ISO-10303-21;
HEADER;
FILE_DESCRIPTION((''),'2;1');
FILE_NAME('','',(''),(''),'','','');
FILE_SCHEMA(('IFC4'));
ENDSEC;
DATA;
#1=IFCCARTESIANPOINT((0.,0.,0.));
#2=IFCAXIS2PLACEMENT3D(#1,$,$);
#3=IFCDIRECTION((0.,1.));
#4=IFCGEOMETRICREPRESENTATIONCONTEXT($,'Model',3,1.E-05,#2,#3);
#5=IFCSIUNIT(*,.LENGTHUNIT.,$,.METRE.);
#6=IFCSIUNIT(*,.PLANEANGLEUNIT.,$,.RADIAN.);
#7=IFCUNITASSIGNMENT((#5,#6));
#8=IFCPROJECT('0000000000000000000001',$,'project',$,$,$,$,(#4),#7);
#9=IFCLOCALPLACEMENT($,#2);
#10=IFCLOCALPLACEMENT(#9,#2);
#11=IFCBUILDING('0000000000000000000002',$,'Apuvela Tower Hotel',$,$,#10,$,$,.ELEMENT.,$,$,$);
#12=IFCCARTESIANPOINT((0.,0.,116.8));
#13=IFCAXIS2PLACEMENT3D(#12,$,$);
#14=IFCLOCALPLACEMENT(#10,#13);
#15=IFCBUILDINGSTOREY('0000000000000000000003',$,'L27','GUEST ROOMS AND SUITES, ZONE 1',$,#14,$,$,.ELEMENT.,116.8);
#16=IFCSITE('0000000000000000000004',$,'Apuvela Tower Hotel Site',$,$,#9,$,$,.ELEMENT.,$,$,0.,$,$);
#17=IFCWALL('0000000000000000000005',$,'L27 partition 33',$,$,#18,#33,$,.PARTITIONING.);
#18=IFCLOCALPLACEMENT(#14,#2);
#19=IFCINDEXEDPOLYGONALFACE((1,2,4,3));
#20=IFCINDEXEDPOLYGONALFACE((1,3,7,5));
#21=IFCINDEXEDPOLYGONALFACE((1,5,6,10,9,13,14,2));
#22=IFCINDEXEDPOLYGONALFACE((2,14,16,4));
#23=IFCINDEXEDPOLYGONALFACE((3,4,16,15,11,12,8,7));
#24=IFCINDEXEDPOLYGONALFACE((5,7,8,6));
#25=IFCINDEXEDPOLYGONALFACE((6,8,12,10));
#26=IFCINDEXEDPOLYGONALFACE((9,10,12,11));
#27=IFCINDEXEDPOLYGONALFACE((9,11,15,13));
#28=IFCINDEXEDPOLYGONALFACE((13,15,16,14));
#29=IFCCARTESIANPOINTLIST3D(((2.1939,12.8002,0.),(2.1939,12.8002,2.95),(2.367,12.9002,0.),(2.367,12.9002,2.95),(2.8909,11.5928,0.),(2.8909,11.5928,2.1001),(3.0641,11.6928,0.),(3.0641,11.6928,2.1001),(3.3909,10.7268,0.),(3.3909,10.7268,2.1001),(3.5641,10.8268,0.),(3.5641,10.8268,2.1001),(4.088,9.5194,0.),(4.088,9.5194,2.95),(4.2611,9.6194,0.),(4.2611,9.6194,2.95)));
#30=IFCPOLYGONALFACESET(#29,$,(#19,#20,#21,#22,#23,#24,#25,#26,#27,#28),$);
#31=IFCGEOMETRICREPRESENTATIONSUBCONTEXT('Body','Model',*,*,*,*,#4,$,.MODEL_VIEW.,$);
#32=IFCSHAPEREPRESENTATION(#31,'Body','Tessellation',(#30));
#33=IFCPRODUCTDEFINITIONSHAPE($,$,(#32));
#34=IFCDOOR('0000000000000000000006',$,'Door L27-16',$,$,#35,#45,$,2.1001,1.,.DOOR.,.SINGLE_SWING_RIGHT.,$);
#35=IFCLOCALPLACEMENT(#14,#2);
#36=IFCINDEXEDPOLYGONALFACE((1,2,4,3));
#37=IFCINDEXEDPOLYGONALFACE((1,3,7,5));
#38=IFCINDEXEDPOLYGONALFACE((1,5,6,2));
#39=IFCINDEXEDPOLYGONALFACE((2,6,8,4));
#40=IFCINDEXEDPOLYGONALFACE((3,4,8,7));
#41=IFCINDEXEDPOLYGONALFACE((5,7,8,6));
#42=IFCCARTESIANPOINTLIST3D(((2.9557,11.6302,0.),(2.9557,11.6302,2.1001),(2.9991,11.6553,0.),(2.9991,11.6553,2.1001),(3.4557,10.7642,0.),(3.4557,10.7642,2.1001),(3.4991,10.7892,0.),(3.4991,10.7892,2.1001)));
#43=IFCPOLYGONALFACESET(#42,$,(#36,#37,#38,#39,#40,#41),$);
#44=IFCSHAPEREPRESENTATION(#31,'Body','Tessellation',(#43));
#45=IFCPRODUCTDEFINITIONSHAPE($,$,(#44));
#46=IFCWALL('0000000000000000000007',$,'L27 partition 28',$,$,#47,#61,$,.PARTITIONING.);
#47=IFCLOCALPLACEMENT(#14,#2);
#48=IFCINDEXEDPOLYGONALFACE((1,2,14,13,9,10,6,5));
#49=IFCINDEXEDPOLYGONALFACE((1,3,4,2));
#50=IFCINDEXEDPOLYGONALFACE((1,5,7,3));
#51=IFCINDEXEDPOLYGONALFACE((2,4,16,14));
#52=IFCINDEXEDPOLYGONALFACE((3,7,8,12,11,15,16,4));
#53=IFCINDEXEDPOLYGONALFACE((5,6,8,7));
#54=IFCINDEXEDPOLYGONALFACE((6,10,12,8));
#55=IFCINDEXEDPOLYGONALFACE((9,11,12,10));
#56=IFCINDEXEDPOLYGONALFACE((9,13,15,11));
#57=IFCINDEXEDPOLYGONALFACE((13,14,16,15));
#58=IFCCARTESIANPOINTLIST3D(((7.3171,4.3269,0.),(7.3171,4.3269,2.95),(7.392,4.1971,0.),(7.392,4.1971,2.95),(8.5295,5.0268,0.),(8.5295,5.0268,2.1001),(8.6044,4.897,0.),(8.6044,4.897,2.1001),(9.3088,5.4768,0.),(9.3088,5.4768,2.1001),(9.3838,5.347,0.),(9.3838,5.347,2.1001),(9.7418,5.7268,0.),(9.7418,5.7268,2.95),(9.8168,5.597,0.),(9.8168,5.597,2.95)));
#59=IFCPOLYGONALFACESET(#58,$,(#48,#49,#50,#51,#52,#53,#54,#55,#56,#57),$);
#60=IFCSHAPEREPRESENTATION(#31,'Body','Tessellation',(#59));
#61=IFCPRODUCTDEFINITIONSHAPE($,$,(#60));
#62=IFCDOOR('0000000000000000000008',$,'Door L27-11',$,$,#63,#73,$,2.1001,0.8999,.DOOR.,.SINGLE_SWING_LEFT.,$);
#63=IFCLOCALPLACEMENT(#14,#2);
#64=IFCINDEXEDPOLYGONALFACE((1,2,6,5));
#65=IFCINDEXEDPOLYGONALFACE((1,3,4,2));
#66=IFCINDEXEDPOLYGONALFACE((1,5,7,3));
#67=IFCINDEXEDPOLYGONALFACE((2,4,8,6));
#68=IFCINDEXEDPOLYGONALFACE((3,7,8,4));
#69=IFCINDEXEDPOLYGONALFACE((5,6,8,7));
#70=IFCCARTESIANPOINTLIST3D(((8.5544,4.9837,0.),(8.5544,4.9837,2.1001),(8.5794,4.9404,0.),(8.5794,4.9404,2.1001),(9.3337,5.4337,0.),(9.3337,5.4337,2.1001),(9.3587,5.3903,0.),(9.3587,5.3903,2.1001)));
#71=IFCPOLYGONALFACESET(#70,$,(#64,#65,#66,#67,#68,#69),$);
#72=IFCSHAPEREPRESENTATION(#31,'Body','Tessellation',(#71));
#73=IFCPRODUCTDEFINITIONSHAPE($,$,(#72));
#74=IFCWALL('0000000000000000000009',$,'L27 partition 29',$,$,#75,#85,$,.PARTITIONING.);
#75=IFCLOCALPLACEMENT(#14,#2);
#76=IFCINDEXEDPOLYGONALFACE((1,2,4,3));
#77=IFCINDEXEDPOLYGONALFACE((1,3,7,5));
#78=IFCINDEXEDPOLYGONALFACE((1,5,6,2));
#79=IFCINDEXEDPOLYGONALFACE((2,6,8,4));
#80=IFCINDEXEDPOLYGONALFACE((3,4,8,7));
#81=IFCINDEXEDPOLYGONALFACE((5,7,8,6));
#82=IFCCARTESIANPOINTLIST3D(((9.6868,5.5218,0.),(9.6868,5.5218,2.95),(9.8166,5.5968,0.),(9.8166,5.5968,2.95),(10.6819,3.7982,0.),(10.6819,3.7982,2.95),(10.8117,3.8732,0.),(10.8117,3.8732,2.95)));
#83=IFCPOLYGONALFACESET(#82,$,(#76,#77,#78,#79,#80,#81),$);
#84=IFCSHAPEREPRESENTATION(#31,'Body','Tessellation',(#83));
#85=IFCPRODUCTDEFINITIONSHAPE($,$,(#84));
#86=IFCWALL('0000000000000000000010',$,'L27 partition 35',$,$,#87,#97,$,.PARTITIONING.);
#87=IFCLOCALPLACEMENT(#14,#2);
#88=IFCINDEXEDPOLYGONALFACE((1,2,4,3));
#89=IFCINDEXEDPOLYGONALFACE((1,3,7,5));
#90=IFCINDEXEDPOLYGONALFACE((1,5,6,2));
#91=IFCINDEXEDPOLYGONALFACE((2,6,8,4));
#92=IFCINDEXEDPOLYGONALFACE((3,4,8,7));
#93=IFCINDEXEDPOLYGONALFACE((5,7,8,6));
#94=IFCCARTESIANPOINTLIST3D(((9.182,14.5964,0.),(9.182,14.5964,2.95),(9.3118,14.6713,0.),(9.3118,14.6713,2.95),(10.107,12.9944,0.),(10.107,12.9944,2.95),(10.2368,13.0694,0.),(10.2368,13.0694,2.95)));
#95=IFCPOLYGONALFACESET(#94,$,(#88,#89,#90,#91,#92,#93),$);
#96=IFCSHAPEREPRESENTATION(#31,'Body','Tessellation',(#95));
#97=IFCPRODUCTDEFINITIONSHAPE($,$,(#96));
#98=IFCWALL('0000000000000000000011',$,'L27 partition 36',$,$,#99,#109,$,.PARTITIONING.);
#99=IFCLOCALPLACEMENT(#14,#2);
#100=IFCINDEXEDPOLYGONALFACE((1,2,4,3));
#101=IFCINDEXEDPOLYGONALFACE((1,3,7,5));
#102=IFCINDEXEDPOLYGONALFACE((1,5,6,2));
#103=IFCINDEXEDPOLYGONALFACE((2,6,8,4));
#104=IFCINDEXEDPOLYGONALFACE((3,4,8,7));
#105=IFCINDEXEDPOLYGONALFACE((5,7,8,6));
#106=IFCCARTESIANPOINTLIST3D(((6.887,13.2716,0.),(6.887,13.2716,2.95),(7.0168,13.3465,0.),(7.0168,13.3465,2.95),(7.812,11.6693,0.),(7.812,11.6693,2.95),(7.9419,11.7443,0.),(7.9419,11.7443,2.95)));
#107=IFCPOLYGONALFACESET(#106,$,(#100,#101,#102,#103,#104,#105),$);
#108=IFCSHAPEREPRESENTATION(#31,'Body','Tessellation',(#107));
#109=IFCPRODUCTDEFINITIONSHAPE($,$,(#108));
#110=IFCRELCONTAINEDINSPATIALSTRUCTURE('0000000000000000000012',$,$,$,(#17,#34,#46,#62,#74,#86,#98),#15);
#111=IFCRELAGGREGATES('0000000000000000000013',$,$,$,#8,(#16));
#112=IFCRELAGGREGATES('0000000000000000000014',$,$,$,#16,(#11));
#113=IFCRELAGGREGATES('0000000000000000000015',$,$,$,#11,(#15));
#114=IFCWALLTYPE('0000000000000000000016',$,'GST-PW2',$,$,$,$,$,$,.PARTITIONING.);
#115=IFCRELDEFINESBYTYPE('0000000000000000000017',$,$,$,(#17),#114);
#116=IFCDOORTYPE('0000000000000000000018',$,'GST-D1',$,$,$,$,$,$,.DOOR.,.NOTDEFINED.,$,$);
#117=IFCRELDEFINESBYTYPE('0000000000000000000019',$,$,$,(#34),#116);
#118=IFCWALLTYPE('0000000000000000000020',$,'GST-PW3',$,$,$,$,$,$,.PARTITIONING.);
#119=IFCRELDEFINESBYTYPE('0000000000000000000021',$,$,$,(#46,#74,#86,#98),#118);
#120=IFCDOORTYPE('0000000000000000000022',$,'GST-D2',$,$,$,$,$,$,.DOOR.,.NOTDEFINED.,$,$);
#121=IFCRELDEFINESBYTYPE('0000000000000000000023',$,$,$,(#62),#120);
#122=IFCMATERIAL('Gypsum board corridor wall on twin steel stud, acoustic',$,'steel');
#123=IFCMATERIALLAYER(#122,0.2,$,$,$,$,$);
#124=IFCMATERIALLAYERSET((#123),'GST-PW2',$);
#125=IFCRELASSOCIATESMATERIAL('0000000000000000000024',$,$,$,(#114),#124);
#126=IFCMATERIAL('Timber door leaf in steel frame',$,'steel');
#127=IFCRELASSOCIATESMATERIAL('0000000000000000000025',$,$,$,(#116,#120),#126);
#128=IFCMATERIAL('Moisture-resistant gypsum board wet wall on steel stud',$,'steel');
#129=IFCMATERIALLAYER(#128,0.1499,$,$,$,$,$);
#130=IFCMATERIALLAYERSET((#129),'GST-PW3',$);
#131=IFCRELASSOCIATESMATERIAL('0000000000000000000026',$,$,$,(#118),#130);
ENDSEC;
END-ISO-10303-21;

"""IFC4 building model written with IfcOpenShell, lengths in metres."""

from ifc_helpers import new_model, si_unit, direction, frame, frame_2d, origin, place, context, subcontext, project, spatial, rectangle, extrude, material, layer, layer_set, type_object, element, fill, save


model = new_model("IFC4")

# Units and contexts
model_context = context("Model", 3, precision=1e-05, world=origin(), true_north=direction((0.0, 1.0)))
body_context = subcontext(model_context, "Body", "Model", "MODEL_VIEW")
ifc_project = project(units=[si_unit("LENGTHUNIT", "METRE"), si_unit("PLANEANGLEUNIT", "RADIAN")], contexts=[model_context])

# Site, building, storey
site_placement = place(None, origin())
site = spatial("IfcSite", under=ifc_project, at=site_placement, Name="Apuvela Tower Hotel Site", CompositionType="ELEMENT", RefElevation=0.0)
building_placement = place(site_placement, origin())
building = spatial("IfcBuilding", under=site, at=building_placement, Name="Apuvela Tower Hotel", CompositionType="ELEMENT")
storey_placement = place(building_placement, frame((0.0, 0.0, 116.8)))
storey = spatial("IfcBuildingStorey", under=building, at=storey_placement, Name="L27", Description="GUEST ROOMS AND SUITES, ZONE 1", CompositionType="ELEMENT", Elevation=116.8)

# Walls, openings, doors
ifc_material_1 = material(Name="Gypsum board corridor wall on twin steel stud, acoustic", Category="steel")
ifc_layer_1 = layer(ifc_material_1, 0.2)
ifc_layer_set_1 = layer_set([ifc_layer_1], Name="GST-PW2")
wall_type_1 = type_object("IfcWallType", Name="GST-PW2", PredefinedType="PARTITIONING", material=ifc_layer_set_1)
ifc_material_2 = material(Name="Timber door leaf in steel frame", Category="steel")
door_type_1 = type_object("IfcDoorType", Name="GST-D1", OperationType="NOTDEFINED", PredefinedType="DOOR", material=ifc_material_2)
door_type_2 = type_object("IfcDoorType", Name="GST-D2", OperationType="NOTDEFINED", PredefinedType="DOOR", material=ifc_material_2)
wall_1_placement = place(storey_placement, frame((2.2805, 12.8501, 0.0), z_axis=(0.0, 0.0, 1.0), x_axis=(0.499979, -0.866037, 0.0)))
wall_1 = element("IfcWall", 1, at=wall_1_placement, inside=storey, type_object=wall_type_1, Name="L27 partition 33", PredefinedType="PARTITIONING", context=body_context, shape_type="SweptSolid", body=[
    extrude(rectangle(XDim=3.7883, YDim=0.2, at=frame_2d((1.894, 0.0))), origin(), (0.0, 0.0, 1.0), 2.95),
])
opening_1_placement = place(wall_1_placement, frame((1.394, 0.0, 0.0)))
opening_1 = element("IfcOpeningElement", 2, at=opening_1_placement, cuts=wall_1, PredefinedType="OPENING", context=body_context, shape_type="SweptSolid", body=[
    extrude(rectangle(XDim=1.0, YDim=2.1001, at=frame_2d((0.5, 1.05))), frame((0.0, 0.1099, 0.0), z_axis=(0.0, -1.0, 0.0), x_axis=(1.0, 0.0, 0.0)), (0.0, 0.0, 1.0), 0.22),
])
door_1_placement = place(opening_1_placement, origin())
door_1 = element("IfcDoor", 3, at=door_1_placement, inside=storey, type_object=door_type_1, Name="Door L27-16", OperationType="SINGLE_SWING_RIGHT", OverallHeight=2.1001, OverallWidth=1.0, PredefinedType="DOOR", context=body_context, shape_type="SweptSolid", body=[
    extrude(rectangle(XDim=1.0, YDim=2.1001, at=frame_2d((0.5, 1.05))), frame((0.0, 0.0249, 0.0), z_axis=(0.0, -1.0, 0.0), x_axis=(1.0, 0.0, 0.0)), (0.0, 0.0, 1.0), 0.05),
])
fill(opening_1, door_1)
ifc_material_3 = material(Name="Moisture-resistant gypsum board wet wall on steel stud", Category="steel")
ifc_layer_2 = layer(ifc_material_3, 0.1499)
ifc_layer_set_2 = layer_set([ifc_layer_2], Name="GST-PW3")
wall_type_2 = type_object("IfcWallType", Name="GST-PW3", PredefinedType="PARTITIONING", material=ifc_layer_set_2)
wall_2_placement = place(storey_placement, frame((9.7793, 5.6619, 0.0), z_axis=(0.0, 0.0, 1.0), x_axis=(-0.866035, -0.499984, 0.0)))
wall_2 = element("IfcWall", 4, at=wall_2_placement, inside=storey, type_object=wall_type_2, Name="L27 partition 28", PredefinedType="PARTITIONING", context=body_context, shape_type="SweptSolid", body=[
    extrude(rectangle(XDim=2.7998, YDim=0.1499, at=frame_2d((1.3999, 0.0))), origin(), (0.0, 0.0, 1.0), 2.95),
])
opening_2_placement = place(wall_2_placement, frame((0.5, 0.0, 0.0)))
opening_2 = element("IfcOpeningElement", 5, at=opening_2_placement, cuts=wall_2, PredefinedType="OPENING", context=body_context, shape_type="SweptSolid", body=[
    extrude(rectangle(XDim=0.8999, YDim=2.1001, at=frame_2d((0.45, 1.05))), frame((0.0, 0.085, 0.0), z_axis=(0.0, -1.0, 0.0), x_axis=(1.0, 0.0, 0.0)), (0.0, 0.0, 1.0), 0.1699),
])
door_2_placement = place(opening_2_placement, origin())
door_2 = element("IfcDoor", 6, at=door_2_placement, inside=storey, type_object=door_type_2, Name="Door L27-11", OperationType="SINGLE_SWING_LEFT", OverallHeight=2.1001, OverallWidth=0.8999, PredefinedType="DOOR", context=body_context, shape_type="SweptSolid", body=[
    extrude(rectangle(XDim=0.8999, YDim=2.1001, at=frame_2d((0.45, 1.05))), frame((0.0, 0.0249, 0.0), z_axis=(0.0, -1.0, 0.0), x_axis=(1.0, 0.0, 0.0)), (0.0, 0.0, 1.0), 0.05),
])
fill(opening_2, door_2)

# Walls
wall_3_placement = place(storey_placement, frame((10.7468, 3.8357, 0.0), z_axis=(0.0, 0.0, 1.0), x_axis=(-0.499991, 0.86603, 0.0)))
element("IfcWall", 7, at=wall_3_placement, inside=storey, type_object=wall_type_2, Name="L27 partition 29", PredefinedType="PARTITIONING", context=body_context, shape_type="SweptSolid", body=[
    extrude(rectangle(XDim=1.9902, YDim=0.1499, at=frame_2d((0.9951, 0.0))), origin(), (0.0, 0.0, 1.0), 2.95),
])
wall_4_placement = place(storey_placement, frame((10.1719, 13.032, 0.0), z_axis=(0.0, 0.0, 1.0), x_axis=(-0.500042, 0.866001, 0.0)))
element("IfcWall", 8, at=wall_4_placement, inside=storey, type_object=wall_type_2, Name="L27 partition 35", PredefinedType="PARTITIONING", context=body_context, shape_type="SweptSolid", body=[
    extrude(rectangle(XDim=1.8499, YDim=0.1499, at=frame_2d((0.9248, 0.0))), origin(), (0.0, 0.0, 1.0), 2.95),
])
wall_5_placement = place(storey_placement, frame((7.877, 11.7068, 0.0), z_axis=(0.0, 0.0, 1.0), x_axis=(-0.499985, 0.866034, 0.0)))
element("IfcWall", 9, at=wall_5_placement, inside=storey, type_object=wall_type_2, Name="L27 partition 36", PredefinedType="PARTITIONING", context=body_context, shape_type="SweptSolid", body=[
    extrude(rectangle(XDim=1.8501, YDim=0.1499, at=frame_2d((0.925, 0.0))), origin(), (0.0, 0.0, 1.0), 2.95),
])

save(model, "model.ifc")
